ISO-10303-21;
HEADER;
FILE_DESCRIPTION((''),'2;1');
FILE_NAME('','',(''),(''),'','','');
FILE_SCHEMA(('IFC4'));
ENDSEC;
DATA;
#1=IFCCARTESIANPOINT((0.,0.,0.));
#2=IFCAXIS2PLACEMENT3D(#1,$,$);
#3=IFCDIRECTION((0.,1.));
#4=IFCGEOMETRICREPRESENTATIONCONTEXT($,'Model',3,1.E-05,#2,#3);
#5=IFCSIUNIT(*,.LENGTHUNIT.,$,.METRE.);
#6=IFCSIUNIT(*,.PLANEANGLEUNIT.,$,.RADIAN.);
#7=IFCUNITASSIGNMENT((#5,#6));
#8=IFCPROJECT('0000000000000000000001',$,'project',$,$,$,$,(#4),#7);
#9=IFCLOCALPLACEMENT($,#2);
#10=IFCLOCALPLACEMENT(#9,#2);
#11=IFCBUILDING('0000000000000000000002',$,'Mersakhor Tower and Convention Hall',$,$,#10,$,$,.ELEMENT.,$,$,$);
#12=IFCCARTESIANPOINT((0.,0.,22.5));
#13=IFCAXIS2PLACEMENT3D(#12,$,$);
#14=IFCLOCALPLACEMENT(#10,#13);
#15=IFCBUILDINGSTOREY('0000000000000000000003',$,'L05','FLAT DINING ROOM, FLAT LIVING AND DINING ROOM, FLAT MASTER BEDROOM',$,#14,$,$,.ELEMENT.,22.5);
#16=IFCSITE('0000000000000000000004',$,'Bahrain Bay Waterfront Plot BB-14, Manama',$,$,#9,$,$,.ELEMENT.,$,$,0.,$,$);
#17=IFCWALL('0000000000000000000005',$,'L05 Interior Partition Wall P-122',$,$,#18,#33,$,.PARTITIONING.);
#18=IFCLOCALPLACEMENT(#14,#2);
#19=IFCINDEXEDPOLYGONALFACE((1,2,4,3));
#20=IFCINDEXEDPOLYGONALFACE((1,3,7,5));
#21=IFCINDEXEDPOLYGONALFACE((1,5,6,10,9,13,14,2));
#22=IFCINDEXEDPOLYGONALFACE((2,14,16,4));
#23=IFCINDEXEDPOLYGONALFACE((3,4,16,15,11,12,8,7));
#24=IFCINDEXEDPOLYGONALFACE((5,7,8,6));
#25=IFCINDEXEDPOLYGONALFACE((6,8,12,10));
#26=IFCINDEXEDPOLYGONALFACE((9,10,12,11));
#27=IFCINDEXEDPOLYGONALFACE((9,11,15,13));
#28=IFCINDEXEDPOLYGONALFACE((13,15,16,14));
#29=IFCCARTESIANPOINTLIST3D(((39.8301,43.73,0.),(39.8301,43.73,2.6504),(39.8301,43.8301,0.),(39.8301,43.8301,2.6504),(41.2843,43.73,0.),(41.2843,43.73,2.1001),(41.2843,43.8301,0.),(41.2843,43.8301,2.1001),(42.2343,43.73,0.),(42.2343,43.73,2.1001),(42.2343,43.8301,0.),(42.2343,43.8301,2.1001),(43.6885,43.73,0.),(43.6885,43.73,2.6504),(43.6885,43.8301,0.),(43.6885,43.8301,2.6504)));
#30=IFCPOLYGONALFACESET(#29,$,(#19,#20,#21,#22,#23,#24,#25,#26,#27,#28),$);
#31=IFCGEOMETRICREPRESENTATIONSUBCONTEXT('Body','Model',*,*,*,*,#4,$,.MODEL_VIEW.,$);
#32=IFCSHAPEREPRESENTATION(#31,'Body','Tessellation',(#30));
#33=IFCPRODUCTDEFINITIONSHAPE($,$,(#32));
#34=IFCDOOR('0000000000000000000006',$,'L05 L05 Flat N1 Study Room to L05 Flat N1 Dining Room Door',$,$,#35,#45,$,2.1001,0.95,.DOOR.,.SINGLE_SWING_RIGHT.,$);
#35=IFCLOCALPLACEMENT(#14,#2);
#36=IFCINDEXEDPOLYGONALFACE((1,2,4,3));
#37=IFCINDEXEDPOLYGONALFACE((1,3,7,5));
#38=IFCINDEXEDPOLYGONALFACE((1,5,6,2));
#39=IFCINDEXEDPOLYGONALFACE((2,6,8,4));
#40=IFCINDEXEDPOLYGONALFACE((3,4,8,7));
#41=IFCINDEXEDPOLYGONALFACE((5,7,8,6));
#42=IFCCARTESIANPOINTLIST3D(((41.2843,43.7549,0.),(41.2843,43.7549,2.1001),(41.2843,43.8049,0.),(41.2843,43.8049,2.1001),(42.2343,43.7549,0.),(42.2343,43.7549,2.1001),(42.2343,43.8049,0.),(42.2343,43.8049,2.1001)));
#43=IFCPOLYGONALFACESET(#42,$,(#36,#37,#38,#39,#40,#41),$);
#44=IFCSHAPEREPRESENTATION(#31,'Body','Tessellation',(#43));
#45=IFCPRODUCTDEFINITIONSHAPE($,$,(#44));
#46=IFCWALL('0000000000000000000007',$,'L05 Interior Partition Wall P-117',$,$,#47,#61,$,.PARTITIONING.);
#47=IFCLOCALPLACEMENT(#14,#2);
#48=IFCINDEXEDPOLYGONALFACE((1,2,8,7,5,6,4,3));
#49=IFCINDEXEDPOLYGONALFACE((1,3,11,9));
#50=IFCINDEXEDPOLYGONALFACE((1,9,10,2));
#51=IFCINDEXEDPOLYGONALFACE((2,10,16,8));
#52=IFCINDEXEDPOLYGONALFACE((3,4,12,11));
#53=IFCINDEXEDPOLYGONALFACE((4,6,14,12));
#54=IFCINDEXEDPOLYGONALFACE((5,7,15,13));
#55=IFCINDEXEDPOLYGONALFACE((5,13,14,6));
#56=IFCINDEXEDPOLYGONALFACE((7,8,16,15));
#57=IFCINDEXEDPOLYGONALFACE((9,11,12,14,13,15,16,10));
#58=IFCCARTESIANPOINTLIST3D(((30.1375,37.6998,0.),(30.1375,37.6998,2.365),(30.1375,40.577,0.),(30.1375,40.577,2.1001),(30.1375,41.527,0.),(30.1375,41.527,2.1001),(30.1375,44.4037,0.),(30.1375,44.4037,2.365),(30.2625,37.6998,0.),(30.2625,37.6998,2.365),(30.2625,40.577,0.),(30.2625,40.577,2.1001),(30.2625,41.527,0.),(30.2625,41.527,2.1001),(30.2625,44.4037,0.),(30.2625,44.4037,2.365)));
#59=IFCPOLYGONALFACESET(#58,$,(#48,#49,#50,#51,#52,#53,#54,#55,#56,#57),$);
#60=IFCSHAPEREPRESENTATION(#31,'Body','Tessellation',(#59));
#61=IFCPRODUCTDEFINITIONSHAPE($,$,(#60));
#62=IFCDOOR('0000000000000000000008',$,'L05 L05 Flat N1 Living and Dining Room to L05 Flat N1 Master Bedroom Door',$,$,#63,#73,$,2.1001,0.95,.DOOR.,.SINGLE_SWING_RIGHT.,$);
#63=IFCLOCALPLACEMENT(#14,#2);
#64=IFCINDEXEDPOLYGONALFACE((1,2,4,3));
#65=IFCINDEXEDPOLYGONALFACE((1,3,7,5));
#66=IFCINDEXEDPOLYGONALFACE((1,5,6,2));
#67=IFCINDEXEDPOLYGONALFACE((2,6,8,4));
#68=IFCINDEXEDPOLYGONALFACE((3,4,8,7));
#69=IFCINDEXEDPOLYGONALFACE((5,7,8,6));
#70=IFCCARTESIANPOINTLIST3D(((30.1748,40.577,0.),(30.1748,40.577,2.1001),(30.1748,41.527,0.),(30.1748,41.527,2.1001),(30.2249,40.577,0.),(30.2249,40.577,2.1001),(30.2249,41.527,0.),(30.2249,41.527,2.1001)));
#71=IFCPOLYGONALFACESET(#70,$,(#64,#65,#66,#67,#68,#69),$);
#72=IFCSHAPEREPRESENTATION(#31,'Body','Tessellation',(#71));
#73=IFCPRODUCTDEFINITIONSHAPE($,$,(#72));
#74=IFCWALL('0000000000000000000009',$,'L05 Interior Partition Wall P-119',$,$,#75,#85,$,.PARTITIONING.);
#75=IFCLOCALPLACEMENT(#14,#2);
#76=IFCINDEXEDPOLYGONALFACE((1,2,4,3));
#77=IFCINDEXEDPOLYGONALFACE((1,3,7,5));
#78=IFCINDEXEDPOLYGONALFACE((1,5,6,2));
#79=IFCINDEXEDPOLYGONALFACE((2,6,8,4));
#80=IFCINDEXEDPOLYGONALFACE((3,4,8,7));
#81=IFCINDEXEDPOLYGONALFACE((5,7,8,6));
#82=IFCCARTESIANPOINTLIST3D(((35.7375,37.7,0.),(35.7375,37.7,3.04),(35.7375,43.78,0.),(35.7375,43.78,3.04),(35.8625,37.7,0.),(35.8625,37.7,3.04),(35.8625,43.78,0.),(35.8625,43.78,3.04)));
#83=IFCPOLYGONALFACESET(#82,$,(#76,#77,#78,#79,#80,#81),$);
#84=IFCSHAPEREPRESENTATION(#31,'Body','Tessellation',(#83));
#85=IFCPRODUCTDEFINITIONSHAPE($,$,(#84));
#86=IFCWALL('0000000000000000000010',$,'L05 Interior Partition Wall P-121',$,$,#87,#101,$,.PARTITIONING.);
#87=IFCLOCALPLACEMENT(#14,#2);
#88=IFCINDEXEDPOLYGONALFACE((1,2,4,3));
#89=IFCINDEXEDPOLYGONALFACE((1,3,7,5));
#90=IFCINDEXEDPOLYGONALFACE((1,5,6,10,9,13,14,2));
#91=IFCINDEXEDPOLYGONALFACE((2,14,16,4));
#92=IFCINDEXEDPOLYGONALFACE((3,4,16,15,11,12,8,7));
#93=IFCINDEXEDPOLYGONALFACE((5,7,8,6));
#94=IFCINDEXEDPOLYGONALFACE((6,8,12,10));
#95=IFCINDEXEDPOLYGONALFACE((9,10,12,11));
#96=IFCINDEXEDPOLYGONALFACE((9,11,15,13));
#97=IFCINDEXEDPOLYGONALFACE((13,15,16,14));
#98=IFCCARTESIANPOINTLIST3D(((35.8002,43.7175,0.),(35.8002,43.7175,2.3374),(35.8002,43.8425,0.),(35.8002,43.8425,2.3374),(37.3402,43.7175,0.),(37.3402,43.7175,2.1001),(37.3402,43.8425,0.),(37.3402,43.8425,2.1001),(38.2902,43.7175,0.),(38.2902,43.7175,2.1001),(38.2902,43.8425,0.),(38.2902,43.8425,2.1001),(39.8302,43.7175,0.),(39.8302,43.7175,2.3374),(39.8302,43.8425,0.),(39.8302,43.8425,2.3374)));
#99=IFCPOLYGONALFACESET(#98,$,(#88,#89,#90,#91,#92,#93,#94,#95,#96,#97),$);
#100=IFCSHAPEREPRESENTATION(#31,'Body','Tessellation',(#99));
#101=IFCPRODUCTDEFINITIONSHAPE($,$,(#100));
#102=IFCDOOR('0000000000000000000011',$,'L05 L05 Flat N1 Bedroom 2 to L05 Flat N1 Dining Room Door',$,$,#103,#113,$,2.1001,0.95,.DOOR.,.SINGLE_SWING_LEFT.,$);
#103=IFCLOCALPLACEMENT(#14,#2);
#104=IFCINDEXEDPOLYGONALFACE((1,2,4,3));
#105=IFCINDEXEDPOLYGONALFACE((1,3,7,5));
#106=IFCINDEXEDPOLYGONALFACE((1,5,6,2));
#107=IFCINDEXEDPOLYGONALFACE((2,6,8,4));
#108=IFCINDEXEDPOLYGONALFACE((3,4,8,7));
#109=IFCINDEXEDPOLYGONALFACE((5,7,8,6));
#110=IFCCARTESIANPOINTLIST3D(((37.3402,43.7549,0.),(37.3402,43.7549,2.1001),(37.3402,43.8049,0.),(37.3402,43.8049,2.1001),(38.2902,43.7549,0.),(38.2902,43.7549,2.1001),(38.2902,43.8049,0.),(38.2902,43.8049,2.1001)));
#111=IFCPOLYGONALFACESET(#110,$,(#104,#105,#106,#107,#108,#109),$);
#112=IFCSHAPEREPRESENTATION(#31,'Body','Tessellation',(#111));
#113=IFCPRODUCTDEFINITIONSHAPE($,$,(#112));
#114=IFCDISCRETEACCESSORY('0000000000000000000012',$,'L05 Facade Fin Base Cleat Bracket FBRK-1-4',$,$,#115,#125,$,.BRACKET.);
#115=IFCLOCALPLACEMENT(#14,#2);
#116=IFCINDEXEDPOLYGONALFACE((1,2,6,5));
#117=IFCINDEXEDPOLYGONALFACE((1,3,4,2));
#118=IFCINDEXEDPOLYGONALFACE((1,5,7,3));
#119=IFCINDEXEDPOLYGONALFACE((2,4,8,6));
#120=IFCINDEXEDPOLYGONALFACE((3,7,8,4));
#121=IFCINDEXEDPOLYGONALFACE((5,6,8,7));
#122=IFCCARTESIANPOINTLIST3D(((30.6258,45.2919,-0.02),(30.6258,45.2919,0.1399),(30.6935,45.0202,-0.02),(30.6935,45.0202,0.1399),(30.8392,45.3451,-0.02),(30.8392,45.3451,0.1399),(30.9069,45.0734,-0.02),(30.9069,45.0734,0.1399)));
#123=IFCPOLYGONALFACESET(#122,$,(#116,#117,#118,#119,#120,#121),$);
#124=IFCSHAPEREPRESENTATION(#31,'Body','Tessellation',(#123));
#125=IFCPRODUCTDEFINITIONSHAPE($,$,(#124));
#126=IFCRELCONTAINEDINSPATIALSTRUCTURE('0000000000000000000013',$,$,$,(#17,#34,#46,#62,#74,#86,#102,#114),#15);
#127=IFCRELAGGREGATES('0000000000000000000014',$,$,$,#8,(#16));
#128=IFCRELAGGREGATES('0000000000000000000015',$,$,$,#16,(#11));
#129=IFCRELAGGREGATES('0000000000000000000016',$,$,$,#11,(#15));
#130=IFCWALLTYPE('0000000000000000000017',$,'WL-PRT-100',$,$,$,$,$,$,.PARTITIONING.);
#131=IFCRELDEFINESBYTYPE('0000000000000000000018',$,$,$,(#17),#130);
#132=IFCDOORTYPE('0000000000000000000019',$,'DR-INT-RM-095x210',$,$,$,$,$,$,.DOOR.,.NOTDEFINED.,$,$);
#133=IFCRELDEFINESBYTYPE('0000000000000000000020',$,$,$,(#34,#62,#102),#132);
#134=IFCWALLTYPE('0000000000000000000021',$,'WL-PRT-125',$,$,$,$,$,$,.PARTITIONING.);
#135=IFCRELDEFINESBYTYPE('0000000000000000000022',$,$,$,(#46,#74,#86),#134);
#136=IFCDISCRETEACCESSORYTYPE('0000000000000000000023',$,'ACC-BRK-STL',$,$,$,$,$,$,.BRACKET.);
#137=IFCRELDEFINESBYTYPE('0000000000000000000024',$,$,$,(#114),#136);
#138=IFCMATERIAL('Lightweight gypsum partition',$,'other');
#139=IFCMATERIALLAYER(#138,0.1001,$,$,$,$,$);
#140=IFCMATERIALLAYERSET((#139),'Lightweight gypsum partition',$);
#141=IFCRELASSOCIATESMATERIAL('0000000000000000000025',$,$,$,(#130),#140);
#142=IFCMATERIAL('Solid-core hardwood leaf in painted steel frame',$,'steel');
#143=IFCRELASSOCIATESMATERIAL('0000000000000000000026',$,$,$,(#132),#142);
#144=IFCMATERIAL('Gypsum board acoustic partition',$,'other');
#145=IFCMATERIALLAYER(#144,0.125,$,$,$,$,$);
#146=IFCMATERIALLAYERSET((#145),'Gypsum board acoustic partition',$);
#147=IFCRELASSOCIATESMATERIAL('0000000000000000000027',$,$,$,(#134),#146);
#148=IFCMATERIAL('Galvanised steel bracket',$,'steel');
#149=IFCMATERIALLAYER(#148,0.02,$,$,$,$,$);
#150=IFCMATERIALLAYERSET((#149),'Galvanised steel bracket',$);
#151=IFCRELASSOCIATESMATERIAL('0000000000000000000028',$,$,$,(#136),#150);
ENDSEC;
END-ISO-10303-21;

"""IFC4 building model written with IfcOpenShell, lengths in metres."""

from ifc_helpers import new_model, si_unit, direction, frame, frame_2d, origin, origin_2d, place, context, subcontext, project, spatial, rectangle, extrude, material, layer, layer_set, type_object, element, fill, save


model = new_model("IFC4")

# Units and contexts
model_context = context("Model", 3, precision=1e-05, world=origin(), true_north=direction((0.0, 1.0)))
body_context = subcontext(model_context, "Body", "Model", "MODEL_VIEW")
ifc_project = project(units=[si_unit("LENGTHUNIT", "METRE"), si_unit("PLANEANGLEUNIT", "RADIAN")], contexts=[model_context])

# Site, building, storey
site_placement = place(None, origin())
site = spatial("IfcSite", under=ifc_project, at=site_placement, Name="Bahrain Bay Waterfront Plot BB-14, Manama", CompositionType="ELEMENT", RefElevation=0.0)
building_placement = place(site_placement, origin())
building = spatial("IfcBuilding", under=site, at=building_placement, Name="Mersakhor Tower and Convention Hall", CompositionType="ELEMENT")
storey_placement = place(building_placement, frame((0.0, 0.0, 22.5)))
storey = spatial("IfcBuildingStorey", under=building, at=storey_placement, Name="L05", Description="FLAT DINING ROOM, FLAT LIVING AND DINING ROOM, FLAT MASTER BEDROOM", CompositionType="ELEMENT", Elevation=22.5)

# Walls, openings, doors
ifc_material_1 = material(Name="Lightweight gypsum partition", Category="other")
ifc_layer_1 = layer(ifc_material_1, 0.1001)
ifc_layer_set_1 = layer_set([ifc_layer_1], Name="Lightweight gypsum partition")
wall_type_1 = type_object("IfcWallType", Name="WL-PRT-100", PredefinedType="PARTITIONING", material=ifc_layer_set_1)
ifc_material_2 = material(Name="Solid-core hardwood leaf in painted steel frame", Category="steel")
door_type_1 = type_object("IfcDoorType", Name="DR-INT-RM-095x210", OperationType="NOTDEFINED", PredefinedType="DOOR", material=ifc_material_2)
wall_1_placement = place(storey_placement, frame((39.8301, 43.78, 0.0), z_axis=(0.0, 0.0, 1.0), x_axis=(1.0, 0.0, 0.0)))
wall_1 = element("IfcWall", 1, at=wall_1_placement, inside=storey, type_object=wall_type_1, Name="L05 Interior Partition Wall P-122", PredefinedType="PARTITIONING", context=body_context, shape_type="SweptSolid", body=[
    extrude(rectangle(XDim=3.8584, YDim=0.1001, at=frame_2d((1.9292, 0.0))), origin(), (0.0, 0.0, 1.0), 2.6504),
])
opening_1_placement = place(wall_1_placement, frame((1.4541, 0.0, 0.0)))
opening_1 = element("IfcOpeningElement", 2, at=opening_1_placement, cuts=wall_1, PredefinedType="OPENING", context=body_context, shape_type="SweptSolid", body=[
    extrude(rectangle(XDim=0.95, YDim=2.1001, at=frame_2d((0.4751, 1.05))), frame((0.0, 0.0601, 0.0), z_axis=(0.0, -1.0, 0.0), x_axis=(1.0, 0.0, 0.0)), (0.0, 0.0, 1.0), 0.1201),
])
door_1_placement = place(opening_1_placement, origin())
door_1 = element("IfcDoor", 3, at=door_1_placement, inside=storey, type_object=door_type_1, Name="L05 L05 Flat N1 Study Room to L05 Flat N1 Dining Room Door", OperationType="SINGLE_SWING_RIGHT", OverallHeight=2.1001, OverallWidth=0.95, PredefinedType="DOOR", context=body_context, shape_type="SweptSolid", body=[
    extrude(rectangle(XDim=0.95, YDim=2.1001, at=frame_2d((0.4751, 1.05))), frame((0.0, 0.0249, 0.0), z_axis=(0.0, -1.0, 0.0), x_axis=(1.0, 0.0, 0.0)), (0.0, 0.0, 1.0), 0.05),
])
fill(opening_1, door_1)
ifc_material_3 = material(Name="Gypsum board acoustic partition", Category="other")
ifc_layer_2 = layer(ifc_material_3, 0.125)
ifc_layer_set_2 = layer_set([ifc_layer_2], Name="Gypsum board acoustic partition")
wall_type_2 = type_object("IfcWallType", Name="WL-PRT-125", PredefinedType="PARTITIONING", material=ifc_layer_set_2)
wall_2_placement = place(storey_placement, frame((30.2, 44.4038, 0.0), z_axis=(0.0, 0.0, 1.0), x_axis=(0.0, -1.0, 0.0)))
wall_2 = element("IfcWall", 4, at=wall_2_placement, inside=storey, type_object=wall_type_2, Name="L05 Interior Partition Wall P-117", PredefinedType="PARTITIONING", context=body_context, shape_type="SweptSolid", body=[
    extrude(rectangle(XDim=6.7039, YDim=0.125, at=frame_2d((3.3521, 0.0))), origin(), (0.0, 0.0, 1.0), 2.365),
])
opening_2_placement = place(wall_2_placement, frame((2.8767, 0.0, 0.0)))
opening_2 = element("IfcOpeningElement", 5, at=opening_2_placement, cuts=wall_2, PredefinedType="OPENING", context=body_context, shape_type="SweptSolid", body=[
    extrude(rectangle(XDim=0.95, YDim=2.1001, at=frame_2d((0.4751, 1.05))), frame((0.0, 0.0725, 0.0), z_axis=(0.0, -1.0, 0.0), x_axis=(1.0, 0.0, 0.0)), (0.0, 0.0, 1.0), 0.145),
])
door_2_placement = place(opening_2_placement, origin())
door_2 = element("IfcDoor", 6, at=door_2_placement, inside=storey, type_object=door_type_1, Name="L05 L05 Flat N1 Living and Dining Room to L05 Flat N1 Master Bedroom Door", OperationType="SINGLE_SWING_RIGHT", OverallHeight=2.1001, OverallWidth=0.95, PredefinedType="DOOR", context=body_context, shape_type="SweptSolid", body=[
    extrude(rectangle(XDim=0.95, YDim=2.1001, at=frame_2d((0.4751, 1.05))), frame((0.0, 0.0249, 0.0), z_axis=(0.0, -1.0, 0.0), x_axis=(1.0, 0.0, 0.0)), (0.0, 0.0, 1.0), 0.05),
])
fill(opening_2, door_2)

# Wall
wall_3_placement = place(storey_placement, frame((35.8, 43.78, 0.0), z_axis=(0.0, 0.0, 1.0), x_axis=(0.0, -1.0, 0.0)))
element("IfcWall", 7, at=wall_3_placement, inside=storey, type_object=wall_type_2, Name="L05 Interior Partition Wall P-119", PredefinedType="PARTITIONING", context=body_context, shape_type="SweptSolid", body=[
    extrude(rectangle(XDim=6.0801, YDim=0.125, at=frame_2d((3.04, 0.0))), origin(), (0.0, 0.0, 1.0), 3.04),
])

# Wall, opening, door
wall_4_placement = place(storey_placement, frame((35.8, 43.78, 0.0), z_axis=(0.0, 0.0, 1.0), x_axis=(1.0, 0.0, 0.0)))
wall_4 = element("IfcWall", 8, at=wall_4_placement, inside=storey, type_object=wall_type_2, Name="L05 Interior Partition Wall P-121", PredefinedType="PARTITIONING", context=body_context, shape_type="SweptSolid", body=[
    extrude(rectangle(XDim=4.03, YDim=0.125, at=frame_2d((2.0151, 0.0))), origin(), (0.0, 0.0, 1.0), 2.3374),
])
opening_3_placement = place(wall_4_placement, frame((1.54, 0.0, 0.0)))
opening_3 = element("IfcOpeningElement", 9, at=opening_3_placement, cuts=wall_4, PredefinedType="OPENING", context=body_context, shape_type="SweptSolid", body=[
    extrude(rectangle(XDim=0.95, YDim=2.1001, at=frame_2d((0.4751, 1.05))), frame((0.0, 0.0725, 0.0), z_axis=(0.0, -1.0, 0.0), x_axis=(1.0, 0.0, 0.0)), (0.0, 0.0, 1.0), 0.145),
])
door_3_placement = place(opening_3_placement, origin())
door_3 = element("IfcDoor", 10, at=door_3_placement, inside=storey, type_object=door_type_1, Name="L05 L05 Flat N1 Bedroom 2 to L05 Flat N1 Dining Room Door", OperationType="SINGLE_SWING_LEFT", OverallHeight=2.1001, OverallWidth=0.95, PredefinedType="DOOR", context=body_context, shape_type="SweptSolid", body=[
    extrude(rectangle(XDim=0.95, YDim=2.1001, at=frame_2d((0.4751, 1.05))), frame((0.0, 0.0249, 0.0), z_axis=(0.0, -1.0, 0.0), x_axis=(1.0, 0.0, 0.0)), (0.0, 0.0, 1.0), 0.05),
])
fill(opening_3, door_3)

# Discrete accessory
ifc_material_4 = material(Name="Galvanised steel bracket", Category="steel")
ifc_layer_3 = layer(ifc_material_4, 0.02)
ifc_layer_set_3 = layer_set([ifc_layer_3], Name="Galvanised steel bracket")
discrete_accessory_type = type_object("IfcDiscreteAccessoryType", Name="ACC-BRK-STL", PredefinedType="BRACKET", material=ifc_layer_set_3)
discrete_accessory_placement = place(storey_placement, frame((30.7664, 45.1826, -0.02), z_axis=(0.0, 0.0, 1.0), x_axis=(-0.241922, 0.970296, 0.0)))
element("IfcDiscreteAccessory", 11, at=discrete_accessory_placement, inside=storey, type_object=discrete_accessory_type, Name="L05 Facade Fin Base Cleat Bracket FBRK-1-4", PredefinedType="BRACKET", context=body_context, shape_type="SweptSolid", body=[
    extrude(rectangle(XDim=0.28, YDim=0.22, at=origin_2d()), origin(), (0.0, 0.0, 1.0), 0.1599),
])

save(model, "model.ifc")
